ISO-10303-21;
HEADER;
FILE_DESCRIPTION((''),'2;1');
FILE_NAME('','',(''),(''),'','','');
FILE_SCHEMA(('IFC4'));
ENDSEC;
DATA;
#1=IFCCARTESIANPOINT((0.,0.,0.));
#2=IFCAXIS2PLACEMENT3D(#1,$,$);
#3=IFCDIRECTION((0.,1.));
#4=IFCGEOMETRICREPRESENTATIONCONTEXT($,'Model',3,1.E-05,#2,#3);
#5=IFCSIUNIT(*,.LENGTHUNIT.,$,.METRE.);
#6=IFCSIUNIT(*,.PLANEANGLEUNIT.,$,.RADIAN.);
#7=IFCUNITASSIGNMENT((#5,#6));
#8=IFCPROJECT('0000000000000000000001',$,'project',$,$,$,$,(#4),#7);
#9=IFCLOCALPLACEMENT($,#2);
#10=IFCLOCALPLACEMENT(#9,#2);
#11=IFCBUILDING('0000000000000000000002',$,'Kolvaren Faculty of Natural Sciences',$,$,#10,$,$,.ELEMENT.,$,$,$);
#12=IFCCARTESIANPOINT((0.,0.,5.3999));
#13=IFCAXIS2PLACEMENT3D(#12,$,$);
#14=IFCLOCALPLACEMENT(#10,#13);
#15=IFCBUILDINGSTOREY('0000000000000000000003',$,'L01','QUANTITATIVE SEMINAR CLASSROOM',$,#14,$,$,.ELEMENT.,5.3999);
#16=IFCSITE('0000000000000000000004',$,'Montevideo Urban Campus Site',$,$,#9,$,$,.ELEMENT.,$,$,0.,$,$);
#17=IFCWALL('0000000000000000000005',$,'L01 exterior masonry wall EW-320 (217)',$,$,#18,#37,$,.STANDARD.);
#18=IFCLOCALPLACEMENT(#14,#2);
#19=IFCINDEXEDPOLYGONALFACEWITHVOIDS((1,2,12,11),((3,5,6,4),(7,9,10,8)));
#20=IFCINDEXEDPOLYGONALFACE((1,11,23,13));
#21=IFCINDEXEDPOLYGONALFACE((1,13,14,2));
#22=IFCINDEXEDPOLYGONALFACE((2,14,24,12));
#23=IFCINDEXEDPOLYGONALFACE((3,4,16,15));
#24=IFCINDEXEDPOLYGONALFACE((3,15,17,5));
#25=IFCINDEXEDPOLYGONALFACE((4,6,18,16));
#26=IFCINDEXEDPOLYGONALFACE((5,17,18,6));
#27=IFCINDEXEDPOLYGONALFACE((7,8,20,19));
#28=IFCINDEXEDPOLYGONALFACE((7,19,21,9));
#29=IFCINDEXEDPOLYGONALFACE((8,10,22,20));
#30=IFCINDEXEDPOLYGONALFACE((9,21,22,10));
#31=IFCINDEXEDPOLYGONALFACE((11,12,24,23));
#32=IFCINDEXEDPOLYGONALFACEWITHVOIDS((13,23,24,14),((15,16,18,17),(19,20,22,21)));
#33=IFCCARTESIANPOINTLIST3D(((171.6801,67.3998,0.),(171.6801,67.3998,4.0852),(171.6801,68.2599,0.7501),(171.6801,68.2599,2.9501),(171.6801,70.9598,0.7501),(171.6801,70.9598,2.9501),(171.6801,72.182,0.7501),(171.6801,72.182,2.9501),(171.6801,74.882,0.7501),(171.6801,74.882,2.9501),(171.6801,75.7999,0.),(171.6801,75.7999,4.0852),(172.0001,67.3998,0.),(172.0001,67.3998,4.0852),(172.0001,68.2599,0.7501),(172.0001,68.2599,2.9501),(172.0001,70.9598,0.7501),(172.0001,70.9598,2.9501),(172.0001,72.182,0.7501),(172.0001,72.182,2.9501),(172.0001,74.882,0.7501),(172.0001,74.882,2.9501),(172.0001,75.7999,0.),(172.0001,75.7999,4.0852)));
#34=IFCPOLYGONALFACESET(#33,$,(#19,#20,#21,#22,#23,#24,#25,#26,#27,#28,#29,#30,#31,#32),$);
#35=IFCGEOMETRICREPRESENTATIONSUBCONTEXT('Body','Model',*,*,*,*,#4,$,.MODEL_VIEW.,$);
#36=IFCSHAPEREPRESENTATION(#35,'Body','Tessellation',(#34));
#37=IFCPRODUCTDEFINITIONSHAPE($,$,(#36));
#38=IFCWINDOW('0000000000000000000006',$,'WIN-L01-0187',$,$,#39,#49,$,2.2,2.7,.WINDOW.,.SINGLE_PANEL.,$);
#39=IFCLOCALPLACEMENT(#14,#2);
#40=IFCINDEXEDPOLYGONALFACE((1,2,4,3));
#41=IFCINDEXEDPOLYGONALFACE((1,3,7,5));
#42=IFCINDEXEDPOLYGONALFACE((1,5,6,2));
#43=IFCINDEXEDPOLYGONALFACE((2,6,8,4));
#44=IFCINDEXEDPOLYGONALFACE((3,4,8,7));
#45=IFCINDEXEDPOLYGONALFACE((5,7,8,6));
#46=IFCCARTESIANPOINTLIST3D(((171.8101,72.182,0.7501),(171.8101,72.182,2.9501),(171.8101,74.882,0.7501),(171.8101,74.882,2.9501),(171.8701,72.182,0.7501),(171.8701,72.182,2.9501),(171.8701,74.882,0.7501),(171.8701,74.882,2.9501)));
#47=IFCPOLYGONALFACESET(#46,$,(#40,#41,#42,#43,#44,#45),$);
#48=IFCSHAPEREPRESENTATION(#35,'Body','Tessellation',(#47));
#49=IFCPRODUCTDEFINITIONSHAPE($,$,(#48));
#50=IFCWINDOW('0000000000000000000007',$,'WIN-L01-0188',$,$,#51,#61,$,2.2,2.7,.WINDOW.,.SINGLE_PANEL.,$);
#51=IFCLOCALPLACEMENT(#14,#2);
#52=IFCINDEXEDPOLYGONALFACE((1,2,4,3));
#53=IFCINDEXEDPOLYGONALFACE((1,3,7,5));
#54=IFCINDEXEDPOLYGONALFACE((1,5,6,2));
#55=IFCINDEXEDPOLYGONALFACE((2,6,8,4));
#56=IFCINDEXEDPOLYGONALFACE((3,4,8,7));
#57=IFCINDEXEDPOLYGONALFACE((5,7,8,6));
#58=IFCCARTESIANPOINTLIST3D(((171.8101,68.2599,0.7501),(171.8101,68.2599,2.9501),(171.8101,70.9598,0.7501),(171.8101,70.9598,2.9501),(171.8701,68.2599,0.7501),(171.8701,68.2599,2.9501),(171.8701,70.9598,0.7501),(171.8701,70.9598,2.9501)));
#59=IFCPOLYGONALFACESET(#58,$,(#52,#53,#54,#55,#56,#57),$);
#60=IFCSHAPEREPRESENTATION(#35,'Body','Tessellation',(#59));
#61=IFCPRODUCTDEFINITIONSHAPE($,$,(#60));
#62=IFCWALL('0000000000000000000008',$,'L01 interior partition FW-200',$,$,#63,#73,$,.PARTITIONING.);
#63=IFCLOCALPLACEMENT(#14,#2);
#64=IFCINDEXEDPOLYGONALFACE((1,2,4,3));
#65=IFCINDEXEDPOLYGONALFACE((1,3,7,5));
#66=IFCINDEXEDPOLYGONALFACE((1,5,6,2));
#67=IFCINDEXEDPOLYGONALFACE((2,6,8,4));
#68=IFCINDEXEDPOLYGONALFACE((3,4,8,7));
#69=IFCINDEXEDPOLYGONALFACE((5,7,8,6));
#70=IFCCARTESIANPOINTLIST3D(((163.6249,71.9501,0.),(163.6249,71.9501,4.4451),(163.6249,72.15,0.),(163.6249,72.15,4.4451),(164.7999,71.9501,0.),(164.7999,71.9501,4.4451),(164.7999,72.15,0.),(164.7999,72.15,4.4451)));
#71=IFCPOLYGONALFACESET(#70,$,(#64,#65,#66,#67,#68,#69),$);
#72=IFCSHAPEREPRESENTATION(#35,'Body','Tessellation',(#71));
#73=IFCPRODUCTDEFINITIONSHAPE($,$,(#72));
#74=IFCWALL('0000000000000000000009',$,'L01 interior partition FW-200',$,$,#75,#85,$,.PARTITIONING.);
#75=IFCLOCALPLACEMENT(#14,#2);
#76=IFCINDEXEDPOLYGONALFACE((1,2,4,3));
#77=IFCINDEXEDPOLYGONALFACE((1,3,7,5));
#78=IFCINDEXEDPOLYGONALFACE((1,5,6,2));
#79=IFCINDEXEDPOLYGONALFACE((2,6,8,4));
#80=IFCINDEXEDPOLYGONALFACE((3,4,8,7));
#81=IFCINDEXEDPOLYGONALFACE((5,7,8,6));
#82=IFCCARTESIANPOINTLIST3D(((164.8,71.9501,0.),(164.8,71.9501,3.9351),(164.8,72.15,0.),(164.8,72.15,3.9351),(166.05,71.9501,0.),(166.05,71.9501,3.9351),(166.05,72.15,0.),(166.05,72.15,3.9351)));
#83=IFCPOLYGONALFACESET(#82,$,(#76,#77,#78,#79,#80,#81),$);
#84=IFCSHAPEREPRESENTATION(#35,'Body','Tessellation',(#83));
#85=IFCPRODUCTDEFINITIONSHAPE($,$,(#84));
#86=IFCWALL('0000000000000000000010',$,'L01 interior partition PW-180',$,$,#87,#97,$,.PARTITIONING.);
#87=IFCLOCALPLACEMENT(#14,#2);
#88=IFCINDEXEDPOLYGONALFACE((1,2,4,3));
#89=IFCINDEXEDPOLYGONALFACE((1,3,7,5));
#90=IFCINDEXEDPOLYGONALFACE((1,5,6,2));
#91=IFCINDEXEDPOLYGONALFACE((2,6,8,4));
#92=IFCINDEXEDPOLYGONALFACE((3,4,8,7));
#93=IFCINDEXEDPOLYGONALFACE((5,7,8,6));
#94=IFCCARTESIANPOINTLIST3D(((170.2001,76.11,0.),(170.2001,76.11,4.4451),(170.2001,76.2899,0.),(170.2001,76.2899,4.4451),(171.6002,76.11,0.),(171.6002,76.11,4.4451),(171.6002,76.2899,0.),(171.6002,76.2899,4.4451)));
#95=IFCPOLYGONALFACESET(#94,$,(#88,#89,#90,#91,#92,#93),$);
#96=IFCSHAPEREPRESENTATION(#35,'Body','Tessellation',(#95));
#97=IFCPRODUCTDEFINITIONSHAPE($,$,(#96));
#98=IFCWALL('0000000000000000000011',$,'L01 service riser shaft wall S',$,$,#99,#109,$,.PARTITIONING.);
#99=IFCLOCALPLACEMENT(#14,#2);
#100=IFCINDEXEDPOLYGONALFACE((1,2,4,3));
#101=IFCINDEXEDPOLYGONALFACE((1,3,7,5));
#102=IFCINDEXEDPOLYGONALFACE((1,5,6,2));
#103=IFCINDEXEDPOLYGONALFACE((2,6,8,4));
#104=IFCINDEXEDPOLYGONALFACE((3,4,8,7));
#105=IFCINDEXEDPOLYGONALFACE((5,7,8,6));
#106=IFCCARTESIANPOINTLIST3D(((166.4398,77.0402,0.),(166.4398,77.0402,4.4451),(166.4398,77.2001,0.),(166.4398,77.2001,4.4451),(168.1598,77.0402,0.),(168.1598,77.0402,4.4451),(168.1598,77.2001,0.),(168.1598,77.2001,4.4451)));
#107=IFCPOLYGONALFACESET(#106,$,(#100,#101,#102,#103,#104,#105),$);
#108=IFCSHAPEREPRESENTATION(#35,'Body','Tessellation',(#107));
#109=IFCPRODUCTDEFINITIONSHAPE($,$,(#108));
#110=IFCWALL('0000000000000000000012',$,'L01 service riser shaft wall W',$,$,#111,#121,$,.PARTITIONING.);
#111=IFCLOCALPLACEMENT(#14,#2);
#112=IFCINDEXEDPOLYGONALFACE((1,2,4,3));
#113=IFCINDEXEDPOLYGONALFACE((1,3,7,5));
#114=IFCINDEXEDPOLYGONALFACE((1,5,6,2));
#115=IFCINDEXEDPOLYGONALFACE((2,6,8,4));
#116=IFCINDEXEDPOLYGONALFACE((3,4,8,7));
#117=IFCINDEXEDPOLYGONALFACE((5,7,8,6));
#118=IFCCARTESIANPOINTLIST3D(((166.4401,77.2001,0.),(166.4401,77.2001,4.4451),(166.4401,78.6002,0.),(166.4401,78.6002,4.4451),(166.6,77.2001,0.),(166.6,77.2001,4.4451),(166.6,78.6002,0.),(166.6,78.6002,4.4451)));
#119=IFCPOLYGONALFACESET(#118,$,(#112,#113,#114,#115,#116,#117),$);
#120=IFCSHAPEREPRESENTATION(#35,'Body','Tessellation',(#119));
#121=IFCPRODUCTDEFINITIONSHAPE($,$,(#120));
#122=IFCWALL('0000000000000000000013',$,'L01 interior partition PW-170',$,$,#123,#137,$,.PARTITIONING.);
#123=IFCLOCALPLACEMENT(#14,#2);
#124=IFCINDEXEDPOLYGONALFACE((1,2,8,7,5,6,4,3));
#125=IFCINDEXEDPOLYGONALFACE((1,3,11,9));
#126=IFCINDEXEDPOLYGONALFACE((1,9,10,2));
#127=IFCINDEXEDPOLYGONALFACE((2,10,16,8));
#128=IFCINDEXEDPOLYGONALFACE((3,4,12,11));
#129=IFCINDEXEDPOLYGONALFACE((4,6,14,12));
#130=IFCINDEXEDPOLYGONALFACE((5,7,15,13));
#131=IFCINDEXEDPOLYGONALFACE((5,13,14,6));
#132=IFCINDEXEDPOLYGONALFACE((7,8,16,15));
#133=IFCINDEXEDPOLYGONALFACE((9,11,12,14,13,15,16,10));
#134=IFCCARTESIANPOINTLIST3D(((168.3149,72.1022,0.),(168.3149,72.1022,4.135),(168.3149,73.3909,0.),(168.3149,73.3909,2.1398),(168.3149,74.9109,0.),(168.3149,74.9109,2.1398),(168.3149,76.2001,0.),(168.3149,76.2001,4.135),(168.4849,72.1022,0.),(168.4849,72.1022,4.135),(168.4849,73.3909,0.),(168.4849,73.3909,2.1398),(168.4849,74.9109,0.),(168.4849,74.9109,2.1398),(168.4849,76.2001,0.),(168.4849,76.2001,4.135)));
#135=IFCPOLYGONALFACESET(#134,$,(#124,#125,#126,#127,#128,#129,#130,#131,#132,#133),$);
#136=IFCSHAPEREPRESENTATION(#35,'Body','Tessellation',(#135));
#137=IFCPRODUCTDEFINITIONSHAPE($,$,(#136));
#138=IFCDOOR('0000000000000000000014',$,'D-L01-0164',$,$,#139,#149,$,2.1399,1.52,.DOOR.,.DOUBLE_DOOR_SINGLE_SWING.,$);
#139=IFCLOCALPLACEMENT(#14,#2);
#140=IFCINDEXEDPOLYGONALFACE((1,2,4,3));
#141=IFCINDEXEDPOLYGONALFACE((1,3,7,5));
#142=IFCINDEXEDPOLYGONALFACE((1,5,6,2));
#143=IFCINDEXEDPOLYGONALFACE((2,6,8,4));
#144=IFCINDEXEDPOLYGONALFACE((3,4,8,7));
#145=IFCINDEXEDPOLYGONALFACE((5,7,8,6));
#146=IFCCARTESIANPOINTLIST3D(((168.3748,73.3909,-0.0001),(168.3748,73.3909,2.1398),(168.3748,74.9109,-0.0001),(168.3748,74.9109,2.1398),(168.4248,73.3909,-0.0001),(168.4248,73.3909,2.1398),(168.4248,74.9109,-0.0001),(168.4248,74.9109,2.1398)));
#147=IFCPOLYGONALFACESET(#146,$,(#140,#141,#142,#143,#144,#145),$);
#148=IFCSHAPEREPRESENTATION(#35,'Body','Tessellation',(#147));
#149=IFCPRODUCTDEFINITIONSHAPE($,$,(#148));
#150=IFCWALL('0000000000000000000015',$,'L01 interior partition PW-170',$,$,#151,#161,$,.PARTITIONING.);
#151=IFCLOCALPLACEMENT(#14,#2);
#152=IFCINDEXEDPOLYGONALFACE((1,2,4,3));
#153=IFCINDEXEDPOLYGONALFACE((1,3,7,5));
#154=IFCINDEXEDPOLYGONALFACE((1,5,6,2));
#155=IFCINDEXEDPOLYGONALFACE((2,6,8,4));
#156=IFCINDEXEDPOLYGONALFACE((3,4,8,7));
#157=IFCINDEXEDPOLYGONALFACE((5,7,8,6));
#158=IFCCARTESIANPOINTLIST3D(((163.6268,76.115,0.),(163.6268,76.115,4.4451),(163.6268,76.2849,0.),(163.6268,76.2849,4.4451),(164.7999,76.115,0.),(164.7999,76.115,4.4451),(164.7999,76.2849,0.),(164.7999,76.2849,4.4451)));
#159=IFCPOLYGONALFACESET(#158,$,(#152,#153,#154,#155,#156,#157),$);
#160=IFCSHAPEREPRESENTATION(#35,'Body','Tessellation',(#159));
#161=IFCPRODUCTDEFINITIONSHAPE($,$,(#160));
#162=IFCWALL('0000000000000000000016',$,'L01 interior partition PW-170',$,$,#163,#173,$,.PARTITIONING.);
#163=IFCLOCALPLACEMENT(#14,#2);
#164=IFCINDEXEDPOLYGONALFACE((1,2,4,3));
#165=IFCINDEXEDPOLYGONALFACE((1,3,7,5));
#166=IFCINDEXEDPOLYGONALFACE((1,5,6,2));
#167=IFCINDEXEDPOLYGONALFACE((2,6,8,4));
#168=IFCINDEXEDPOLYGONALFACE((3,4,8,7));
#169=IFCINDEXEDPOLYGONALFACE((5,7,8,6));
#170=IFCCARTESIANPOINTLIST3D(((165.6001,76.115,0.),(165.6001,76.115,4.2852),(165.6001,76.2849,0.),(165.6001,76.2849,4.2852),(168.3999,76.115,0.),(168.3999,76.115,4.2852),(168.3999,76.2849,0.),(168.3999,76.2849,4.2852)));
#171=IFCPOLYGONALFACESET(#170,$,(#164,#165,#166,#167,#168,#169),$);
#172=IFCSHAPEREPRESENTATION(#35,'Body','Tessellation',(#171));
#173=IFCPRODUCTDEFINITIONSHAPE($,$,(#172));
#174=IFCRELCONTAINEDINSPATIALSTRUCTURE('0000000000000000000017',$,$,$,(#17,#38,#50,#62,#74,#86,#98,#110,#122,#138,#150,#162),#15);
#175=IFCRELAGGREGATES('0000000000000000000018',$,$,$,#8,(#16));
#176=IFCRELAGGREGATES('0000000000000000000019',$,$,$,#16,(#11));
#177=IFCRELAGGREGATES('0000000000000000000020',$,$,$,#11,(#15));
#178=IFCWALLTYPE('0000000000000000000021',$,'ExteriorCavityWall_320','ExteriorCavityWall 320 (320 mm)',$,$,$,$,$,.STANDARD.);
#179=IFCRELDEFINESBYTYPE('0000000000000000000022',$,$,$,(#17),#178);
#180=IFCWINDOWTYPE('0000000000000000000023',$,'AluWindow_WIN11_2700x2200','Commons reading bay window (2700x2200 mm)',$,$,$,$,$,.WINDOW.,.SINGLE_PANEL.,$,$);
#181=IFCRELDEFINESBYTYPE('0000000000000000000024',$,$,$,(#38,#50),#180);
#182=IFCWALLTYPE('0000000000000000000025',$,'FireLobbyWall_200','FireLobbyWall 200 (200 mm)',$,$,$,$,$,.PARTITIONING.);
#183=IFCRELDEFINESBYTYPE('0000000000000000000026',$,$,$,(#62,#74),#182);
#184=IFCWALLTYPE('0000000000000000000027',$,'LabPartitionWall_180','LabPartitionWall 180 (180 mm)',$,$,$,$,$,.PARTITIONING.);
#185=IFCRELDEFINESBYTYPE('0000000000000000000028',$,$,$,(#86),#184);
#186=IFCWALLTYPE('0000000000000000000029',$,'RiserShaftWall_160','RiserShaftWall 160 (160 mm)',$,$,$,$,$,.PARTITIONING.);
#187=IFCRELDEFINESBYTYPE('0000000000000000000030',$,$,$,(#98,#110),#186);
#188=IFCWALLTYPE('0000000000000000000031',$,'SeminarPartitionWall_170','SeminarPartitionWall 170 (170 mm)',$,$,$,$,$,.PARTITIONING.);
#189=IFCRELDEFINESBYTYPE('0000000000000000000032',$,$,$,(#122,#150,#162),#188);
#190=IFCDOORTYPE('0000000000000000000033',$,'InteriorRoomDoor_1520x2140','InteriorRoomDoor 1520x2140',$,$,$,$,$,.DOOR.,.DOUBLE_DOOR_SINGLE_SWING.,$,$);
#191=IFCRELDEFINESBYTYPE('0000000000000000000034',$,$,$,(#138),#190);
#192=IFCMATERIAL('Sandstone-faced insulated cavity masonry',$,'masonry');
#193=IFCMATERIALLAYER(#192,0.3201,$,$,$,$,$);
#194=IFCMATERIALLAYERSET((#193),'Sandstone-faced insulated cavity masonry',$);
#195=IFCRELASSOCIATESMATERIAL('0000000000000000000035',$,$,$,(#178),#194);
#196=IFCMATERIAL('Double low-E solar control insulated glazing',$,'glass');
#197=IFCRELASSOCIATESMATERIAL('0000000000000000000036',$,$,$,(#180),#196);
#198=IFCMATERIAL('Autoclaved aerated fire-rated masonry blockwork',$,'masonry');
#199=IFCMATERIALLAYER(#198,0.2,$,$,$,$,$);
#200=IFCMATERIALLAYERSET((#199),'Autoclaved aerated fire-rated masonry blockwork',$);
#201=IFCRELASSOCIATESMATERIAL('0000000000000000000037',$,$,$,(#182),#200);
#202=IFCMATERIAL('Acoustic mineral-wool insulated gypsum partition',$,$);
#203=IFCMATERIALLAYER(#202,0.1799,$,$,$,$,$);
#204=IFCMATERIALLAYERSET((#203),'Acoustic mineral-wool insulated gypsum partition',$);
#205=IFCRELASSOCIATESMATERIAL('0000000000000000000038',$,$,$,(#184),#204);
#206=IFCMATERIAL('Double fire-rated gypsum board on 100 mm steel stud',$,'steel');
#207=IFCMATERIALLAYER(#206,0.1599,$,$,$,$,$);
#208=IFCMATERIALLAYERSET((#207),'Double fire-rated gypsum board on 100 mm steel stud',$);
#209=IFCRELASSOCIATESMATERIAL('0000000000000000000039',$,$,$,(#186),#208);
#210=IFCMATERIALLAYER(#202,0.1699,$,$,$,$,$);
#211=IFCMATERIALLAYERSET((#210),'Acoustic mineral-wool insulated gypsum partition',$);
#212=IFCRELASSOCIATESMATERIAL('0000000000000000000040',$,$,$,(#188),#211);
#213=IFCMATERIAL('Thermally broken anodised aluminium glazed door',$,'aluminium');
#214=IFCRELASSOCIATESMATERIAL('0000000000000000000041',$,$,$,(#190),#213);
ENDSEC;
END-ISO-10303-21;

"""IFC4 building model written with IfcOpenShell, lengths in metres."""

from ifc_helpers import new_model, si_unit, direction, frame, frame_2d, origin, place, context, subcontext, project, spatial, rectangle, extrude, material, layer, layer_set, type_object, element, fill, save


model = new_model("IFC4")

# Units and contexts
model_context = context("Model", 3, precision=1e-05, world=origin(), true_north=direction((0.0, 1.0)))
body_context = subcontext(model_context, "Body", "Model", "MODEL_VIEW")
ifc_project = project(units=[si_unit("LENGTHUNIT", "METRE"), si_unit("PLANEANGLEUNIT", "RADIAN")], contexts=[model_context])

# Site, building, storey
site_placement = place(None, origin())
site = spatial("IfcSite", under=ifc_project, at=site_placement, Name="Montevideo Urban Campus Site", CompositionType="ELEMENT", RefElevation=0.0)
building_placement = place(site_placement, origin())
building = spatial("IfcBuilding", under=site, at=building_placement, Name="Kolvaren Faculty of Natural Sciences", CompositionType="ELEMENT")
storey_placement = place(building_placement, frame((0.0, 0.0, 5.3999)))
storey = spatial("IfcBuildingStorey", under=building, at=storey_placement, Name="L01", Description="QUANTITATIVE SEMINAR CLASSROOM", CompositionType="ELEMENT", Elevation=5.3999)

# Shared definitions
ifc_material_1 = material(Name="Acoustic mineral-wool insulated gypsum partition")

# Wall, openings, windows
ifc_material_2 = material(Name="Sandstone-faced insulated cavity masonry", Category="masonry")
ifc_layer_1 = layer(ifc_material_2, 0.3201)
ifc_layer_set_1 = layer_set([ifc_layer_1], Name="Sandstone-faced insulated cavity masonry")
wall_type_1 = type_object("IfcWallType", Name="ExteriorCavityWall_320", Description="ExteriorCavityWall 320 (320 mm)", PredefinedType="STANDARD", material=ifc_layer_set_1)
wall_1_placement = place(storey_placement, frame((171.8401, 75.8, 0.0), z_axis=(0.0, 0.0, 1.0), x_axis=(0.0, -1.0, 0.0)))
wall_1 = element("IfcWall", 1, at=wall_1_placement, inside=storey, type_object=wall_type_1, Name="L01 exterior masonry wall EW-320 (217)", PredefinedType="STANDARD", context=body_context, shape_type="SweptSolid", body=[
    extrude(rectangle(XDim=8.4001, YDim=0.3201, at=frame_2d((4.2002, 0.0))), origin(), (0.0, 0.0, 1.0), 4.0852),
])
opening_1_placement = place(wall_1_placement, frame((0.918, 0.0, 0.75)))
opening_1 = element("IfcOpeningElement", 2, at=opening_1_placement, cuts=wall_1, PredefinedType="OPENING", context=body_context, shape_type="SweptSolid", body=[
    extrude(rectangle(XDim=2.7, YDim=2.2, at=frame_2d((1.3501, 1.1001))), frame((0.0, 0.1699, 0.0), z_axis=(0.0, -1.0, 0.0), x_axis=(1.0, 0.0, 0.0)), (0.0, 0.0, 1.0), 0.3401),
])
opening_2_placement = place(wall_1_placement, frame((4.8401, 0.0, 0.75)))
opening_2 = element("IfcOpeningElement", 3, at=opening_2_placement, cuts=wall_1, PredefinedType="OPENING", context=body_context, shape_type="SweptSolid", body=[
    extrude(rectangle(XDim=2.7, YDim=2.2, at=frame_2d((1.3501, 1.1001))), frame((0.0, 0.1699, 0.0), z_axis=(0.0, -1.0, 0.0), x_axis=(1.0, 0.0, 0.0)), (0.0, 0.0, 1.0), 0.3401),
])
ifc_material_3 = material(Name="Double low-E solar control insulated glazing", Category="glass")
window_type = type_object("IfcWindowType", Name="AluWindow_WIN11_2700x2200", Description="Commons reading bay window (2700x2200 mm)", PartitioningType="SINGLE_PANEL", PredefinedType="WINDOW", material=ifc_material_3)
window_1_placement = place(opening_1_placement, origin())
window_1 = element("IfcWindow", 4, at=window_1_placement, inside=storey, type_object=window_type, Name="WIN-L01-0187", OverallHeight=2.2, OverallWidth=2.7, PartitioningType="SINGLE_PANEL", PredefinedType="WINDOW", context=body_context, shape_type="SweptSolid", body=[
    extrude(rectangle(XDim=2.7, YDim=2.2, at=frame_2d((1.3501, 1.1001))), frame((0.0, 0.03, 0.0), z_axis=(0.0, -1.0, 0.0), x_axis=(1.0, 0.0, 0.0)), (0.0, 0.0, 1.0), 0.0601),
])
fill(opening_1, window_1)
window_2_placement = place(opening_2_placement, origin())
window_2 = element("IfcWindow", 5, at=window_2_placement, inside=storey, type_object=window_type, Name="WIN-L01-0188", OverallHeight=2.2, OverallWidth=2.7, PartitioningType="SINGLE_PANEL", PredefinedType="WINDOW", context=body_context, shape_type="SweptSolid", body=[
    extrude(rectangle(XDim=2.7, YDim=2.2, at=frame_2d((1.3501, 1.1001))), frame((0.0, 0.03, 0.0), z_axis=(0.0, -1.0, 0.0), x_axis=(1.0, 0.0, 0.0)), (0.0, 0.0, 1.0), 0.0601),
])
fill(opening_2, window_2)

# Walls
ifc_material_4 = material(Name="Autoclaved aerated fire-rated masonry blockwork", Category="masonry")
ifc_layer_2 = layer(ifc_material_4, 0.2)
ifc_layer_set_2 = layer_set([ifc_layer_2], Name="Autoclaved aerated fire-rated masonry blockwork")
wall_type_2 = type_object("IfcWallType", Name="FireLobbyWall_200", Description="FireLobbyWall 200 (200 mm)", PredefinedType="PARTITIONING", material=ifc_layer_set_2)
wall_2_placement = place(storey_placement, frame((163.625, 72.05, 0.0), z_axis=(0.0, 0.0, 1.0), x_axis=(1.0, 0.0, 0.0)))
element("IfcWall", 6, at=wall_2_placement, inside=storey, type_object=wall_type_2, Name="L01 interior partition FW-200", PredefinedType="PARTITIONING", context=body_context, shape_type="SweptSolid", body=[
    extrude(rectangle(XDim=1.175, YDim=0.2, at=frame_2d((0.5874, 0.0))), origin(), (0.0, 0.0, 1.0), 4.4451),
])
wall_3_placement = place(storey_placement, frame((164.8, 72.05, 0.0), z_axis=(0.0, 0.0, 1.0), x_axis=(1.0, 0.0, 0.0)))
element("IfcWall", 7, at=wall_3_placement, inside=storey, type_object=wall_type_2, Name="L01 interior partition FW-200", PredefinedType="PARTITIONING", context=body_context, shape_type="SweptSolid", body=[
    extrude(rectangle(XDim=1.25, YDim=0.2, at=frame_2d((0.625, 0.0))), origin(), (0.0, 0.0, 1.0), 3.9351),
])
ifc_layer_3 = layer(ifc_material_1, 0.1799)
ifc_layer_set_3 = layer_set([ifc_layer_3], Name="Acoustic mineral-wool insulated gypsum partition")
wall_type_3 = type_object("IfcWallType", Name="LabPartitionWall_180", Description="LabPartitionWall 180 (180 mm)", PredefinedType="PARTITIONING", material=ifc_layer_set_3)
wall_4_placement = place(storey_placement, frame((170.2, 76.2, 0.0), z_axis=(0.0, 0.0, 1.0), x_axis=(1.0, 0.0, 0.0)))
element("IfcWall", 8, at=wall_4_placement, inside=storey, type_object=wall_type_3, Name="L01 interior partition PW-180", PredefinedType="PARTITIONING", context=body_context, shape_type="SweptSolid", body=[
    extrude(rectangle(XDim=1.4001, YDim=0.1799, at=frame_2d((0.7002, 0.0))), origin(), (0.0, 0.0, 1.0), 4.4451),
])
ifc_material_5 = material(Name="Double fire-rated gypsum board on 100 mm steel stud", Category="steel")
ifc_layer_4 = layer(ifc_material_5, 0.1599)
ifc_layer_set_4 = layer_set([ifc_layer_4], Name="Double fire-rated gypsum board on 100 mm steel stud")
wall_type_4 = type_object("IfcWallType", Name="RiserShaftWall_160", Description="RiserShaftWall 160 (160 mm)", PredefinedType="PARTITIONING", material=ifc_layer_set_4)
wall_5_placement = place(storey_placement, frame((166.4399, 77.1201, 0.0), z_axis=(0.0, 0.0, 1.0), x_axis=(1.0, 0.0, 0.0)))
element("IfcWall", 9, at=wall_5_placement, inside=storey, type_object=wall_type_4, Name="L01 service riser shaft wall S", PredefinedType="PARTITIONING", context=body_context, shape_type="SweptSolid", body=[
    extrude(rectangle(XDim=1.72, YDim=0.1599, at=frame_2d((0.8599, 0.0))), origin(), (0.0, 0.0, 1.0), 4.4451),
])
wall_6_placement = place(storey_placement, frame((166.52, 77.2, 0.0), z_axis=(0.0, 0.0, 1.0), x_axis=(0.0, 1.0, 0.0)))
element("IfcWall", 10, at=wall_6_placement, inside=storey, type_object=wall_type_4, Name="L01 service riser shaft wall W", PredefinedType="PARTITIONING", context=body_context, shape_type="SweptSolid", body=[
    extrude(rectangle(XDim=1.4001, YDim=0.1599, at=frame_2d((0.7002, 0.0))), origin(), (0.0, 0.0, 1.0), 4.4451),
])

# Wall, opening, door
ifc_layer_5 = layer(ifc_material_1, 0.1699)
ifc_layer_set_5 = layer_set([ifc_layer_5], Name="Acoustic mineral-wool insulated gypsum partition")
wall_type_5 = type_object("IfcWallType", Name="SeminarPartitionWall_170", Description="SeminarPartitionWall 170 (170 mm)", PredefinedType="PARTITIONING", material=ifc_layer_set_5)
wall_7_placement = place(storey_placement, frame((168.3999, 76.2, 0.0), z_axis=(0.0, 0.0, 1.0), x_axis=(0.0, -1.0, 0.0)))
wall_7 = element("IfcWall", 11, at=wall_7_placement, inside=storey, type_object=wall_type_5, Name="L01 interior partition PW-170", PredefinedType="PARTITIONING", context=body_context, shape_type="SweptSolid", body=[
    extrude(rectangle(XDim=4.0979, YDim=0.1699, at=frame_2d((2.0488, 0.0))), origin(), (0.0, 0.0, 1.0), 4.135),
])
opening_3_placement = place(wall_7_placement, frame((1.2891, 0.0, 0.0)))
opening_3 = element("IfcOpeningElement", 12, at=opening_3_placement, cuts=wall_7, PredefinedType="OPENING", context=body_context, shape_type="SweptSolid", body=[
    extrude(rectangle(XDim=1.52, YDim=2.1399, at=frame_2d((0.76, 1.0698))), frame((0.0, 0.095, 0.0), z_axis=(0.0, -1.0, 0.0), x_axis=(1.0, 0.0, 0.0)), (0.0, 0.0, 1.0), 0.1899),
])
ifc_material_6 = material(Name="Thermally broken anodised aluminium glazed door", Category="aluminium")
door_type_1 = type_object("IfcDoorType", Name="InteriorRoomDoor_1520x2140", Description="InteriorRoomDoor 1520x2140", OperationType="DOUBLE_DOOR_SINGLE_SWING", PredefinedType="DOOR", material=ifc_material_6)
door_1_placement = place(opening_3_placement, origin())
door_1 = element("IfcDoor", 13, at=door_1_placement, inside=storey, type_object=door_type_1, Name="D-L01-0164", OperationType="DOUBLE_DOOR_SINGLE_SWING", OverallHeight=2.1399, OverallWidth=1.52, PredefinedType="DOOR", context=body_context, shape_type="SweptSolid", body=[
    extrude(rectangle(XDim=1.52, YDim=2.1399, at=frame_2d((0.76, 1.0698))), frame((0.0, 0.0249, 0.0), z_axis=(0.0, -1.0, 0.0), x_axis=(1.0, 0.0, 0.0)), (0.0, 0.0, 1.0), 0.05),
])
fill(opening_3, door_1)

# Walls
wall_8_placement = place(storey_placement, frame((163.627, 76.2, 0.0), z_axis=(0.0, 0.0, 1.0), x_axis=(1.0, 0.0, 0.0)))
element("IfcWall", 14, at=wall_8_placement, inside=storey, type_object=wall_type_5, Name="L01 interior partition PW-170", PredefinedType="PARTITIONING", context=body_context, shape_type="SweptSolid", body=[
    extrude(rectangle(XDim=1.1731, YDim=0.1699, at=frame_2d((0.5864, 0.0))), origin(), (0.0, 0.0, 1.0), 4.4451),
])
wall_9_placement = place(storey_placement, frame((165.6001, 76.2, 0.0), z_axis=(0.0, 0.0, 1.0), x_axis=(1.0, 0.0, 0.0)))
element("IfcWall", 15, at=wall_9_placement, inside=storey, type_object=wall_type_5, Name="L01 interior partition PW-170", PredefinedType="PARTITIONING", context=body_context, shape_type="SweptSolid", body=[
    extrude(rectangle(XDim=2.7998, YDim=0.1699, at=frame_2d((1.3999, 0.0))), origin(), (0.0, 0.0, 1.0), 4.2852),
])

save(model, "model.ifc")
